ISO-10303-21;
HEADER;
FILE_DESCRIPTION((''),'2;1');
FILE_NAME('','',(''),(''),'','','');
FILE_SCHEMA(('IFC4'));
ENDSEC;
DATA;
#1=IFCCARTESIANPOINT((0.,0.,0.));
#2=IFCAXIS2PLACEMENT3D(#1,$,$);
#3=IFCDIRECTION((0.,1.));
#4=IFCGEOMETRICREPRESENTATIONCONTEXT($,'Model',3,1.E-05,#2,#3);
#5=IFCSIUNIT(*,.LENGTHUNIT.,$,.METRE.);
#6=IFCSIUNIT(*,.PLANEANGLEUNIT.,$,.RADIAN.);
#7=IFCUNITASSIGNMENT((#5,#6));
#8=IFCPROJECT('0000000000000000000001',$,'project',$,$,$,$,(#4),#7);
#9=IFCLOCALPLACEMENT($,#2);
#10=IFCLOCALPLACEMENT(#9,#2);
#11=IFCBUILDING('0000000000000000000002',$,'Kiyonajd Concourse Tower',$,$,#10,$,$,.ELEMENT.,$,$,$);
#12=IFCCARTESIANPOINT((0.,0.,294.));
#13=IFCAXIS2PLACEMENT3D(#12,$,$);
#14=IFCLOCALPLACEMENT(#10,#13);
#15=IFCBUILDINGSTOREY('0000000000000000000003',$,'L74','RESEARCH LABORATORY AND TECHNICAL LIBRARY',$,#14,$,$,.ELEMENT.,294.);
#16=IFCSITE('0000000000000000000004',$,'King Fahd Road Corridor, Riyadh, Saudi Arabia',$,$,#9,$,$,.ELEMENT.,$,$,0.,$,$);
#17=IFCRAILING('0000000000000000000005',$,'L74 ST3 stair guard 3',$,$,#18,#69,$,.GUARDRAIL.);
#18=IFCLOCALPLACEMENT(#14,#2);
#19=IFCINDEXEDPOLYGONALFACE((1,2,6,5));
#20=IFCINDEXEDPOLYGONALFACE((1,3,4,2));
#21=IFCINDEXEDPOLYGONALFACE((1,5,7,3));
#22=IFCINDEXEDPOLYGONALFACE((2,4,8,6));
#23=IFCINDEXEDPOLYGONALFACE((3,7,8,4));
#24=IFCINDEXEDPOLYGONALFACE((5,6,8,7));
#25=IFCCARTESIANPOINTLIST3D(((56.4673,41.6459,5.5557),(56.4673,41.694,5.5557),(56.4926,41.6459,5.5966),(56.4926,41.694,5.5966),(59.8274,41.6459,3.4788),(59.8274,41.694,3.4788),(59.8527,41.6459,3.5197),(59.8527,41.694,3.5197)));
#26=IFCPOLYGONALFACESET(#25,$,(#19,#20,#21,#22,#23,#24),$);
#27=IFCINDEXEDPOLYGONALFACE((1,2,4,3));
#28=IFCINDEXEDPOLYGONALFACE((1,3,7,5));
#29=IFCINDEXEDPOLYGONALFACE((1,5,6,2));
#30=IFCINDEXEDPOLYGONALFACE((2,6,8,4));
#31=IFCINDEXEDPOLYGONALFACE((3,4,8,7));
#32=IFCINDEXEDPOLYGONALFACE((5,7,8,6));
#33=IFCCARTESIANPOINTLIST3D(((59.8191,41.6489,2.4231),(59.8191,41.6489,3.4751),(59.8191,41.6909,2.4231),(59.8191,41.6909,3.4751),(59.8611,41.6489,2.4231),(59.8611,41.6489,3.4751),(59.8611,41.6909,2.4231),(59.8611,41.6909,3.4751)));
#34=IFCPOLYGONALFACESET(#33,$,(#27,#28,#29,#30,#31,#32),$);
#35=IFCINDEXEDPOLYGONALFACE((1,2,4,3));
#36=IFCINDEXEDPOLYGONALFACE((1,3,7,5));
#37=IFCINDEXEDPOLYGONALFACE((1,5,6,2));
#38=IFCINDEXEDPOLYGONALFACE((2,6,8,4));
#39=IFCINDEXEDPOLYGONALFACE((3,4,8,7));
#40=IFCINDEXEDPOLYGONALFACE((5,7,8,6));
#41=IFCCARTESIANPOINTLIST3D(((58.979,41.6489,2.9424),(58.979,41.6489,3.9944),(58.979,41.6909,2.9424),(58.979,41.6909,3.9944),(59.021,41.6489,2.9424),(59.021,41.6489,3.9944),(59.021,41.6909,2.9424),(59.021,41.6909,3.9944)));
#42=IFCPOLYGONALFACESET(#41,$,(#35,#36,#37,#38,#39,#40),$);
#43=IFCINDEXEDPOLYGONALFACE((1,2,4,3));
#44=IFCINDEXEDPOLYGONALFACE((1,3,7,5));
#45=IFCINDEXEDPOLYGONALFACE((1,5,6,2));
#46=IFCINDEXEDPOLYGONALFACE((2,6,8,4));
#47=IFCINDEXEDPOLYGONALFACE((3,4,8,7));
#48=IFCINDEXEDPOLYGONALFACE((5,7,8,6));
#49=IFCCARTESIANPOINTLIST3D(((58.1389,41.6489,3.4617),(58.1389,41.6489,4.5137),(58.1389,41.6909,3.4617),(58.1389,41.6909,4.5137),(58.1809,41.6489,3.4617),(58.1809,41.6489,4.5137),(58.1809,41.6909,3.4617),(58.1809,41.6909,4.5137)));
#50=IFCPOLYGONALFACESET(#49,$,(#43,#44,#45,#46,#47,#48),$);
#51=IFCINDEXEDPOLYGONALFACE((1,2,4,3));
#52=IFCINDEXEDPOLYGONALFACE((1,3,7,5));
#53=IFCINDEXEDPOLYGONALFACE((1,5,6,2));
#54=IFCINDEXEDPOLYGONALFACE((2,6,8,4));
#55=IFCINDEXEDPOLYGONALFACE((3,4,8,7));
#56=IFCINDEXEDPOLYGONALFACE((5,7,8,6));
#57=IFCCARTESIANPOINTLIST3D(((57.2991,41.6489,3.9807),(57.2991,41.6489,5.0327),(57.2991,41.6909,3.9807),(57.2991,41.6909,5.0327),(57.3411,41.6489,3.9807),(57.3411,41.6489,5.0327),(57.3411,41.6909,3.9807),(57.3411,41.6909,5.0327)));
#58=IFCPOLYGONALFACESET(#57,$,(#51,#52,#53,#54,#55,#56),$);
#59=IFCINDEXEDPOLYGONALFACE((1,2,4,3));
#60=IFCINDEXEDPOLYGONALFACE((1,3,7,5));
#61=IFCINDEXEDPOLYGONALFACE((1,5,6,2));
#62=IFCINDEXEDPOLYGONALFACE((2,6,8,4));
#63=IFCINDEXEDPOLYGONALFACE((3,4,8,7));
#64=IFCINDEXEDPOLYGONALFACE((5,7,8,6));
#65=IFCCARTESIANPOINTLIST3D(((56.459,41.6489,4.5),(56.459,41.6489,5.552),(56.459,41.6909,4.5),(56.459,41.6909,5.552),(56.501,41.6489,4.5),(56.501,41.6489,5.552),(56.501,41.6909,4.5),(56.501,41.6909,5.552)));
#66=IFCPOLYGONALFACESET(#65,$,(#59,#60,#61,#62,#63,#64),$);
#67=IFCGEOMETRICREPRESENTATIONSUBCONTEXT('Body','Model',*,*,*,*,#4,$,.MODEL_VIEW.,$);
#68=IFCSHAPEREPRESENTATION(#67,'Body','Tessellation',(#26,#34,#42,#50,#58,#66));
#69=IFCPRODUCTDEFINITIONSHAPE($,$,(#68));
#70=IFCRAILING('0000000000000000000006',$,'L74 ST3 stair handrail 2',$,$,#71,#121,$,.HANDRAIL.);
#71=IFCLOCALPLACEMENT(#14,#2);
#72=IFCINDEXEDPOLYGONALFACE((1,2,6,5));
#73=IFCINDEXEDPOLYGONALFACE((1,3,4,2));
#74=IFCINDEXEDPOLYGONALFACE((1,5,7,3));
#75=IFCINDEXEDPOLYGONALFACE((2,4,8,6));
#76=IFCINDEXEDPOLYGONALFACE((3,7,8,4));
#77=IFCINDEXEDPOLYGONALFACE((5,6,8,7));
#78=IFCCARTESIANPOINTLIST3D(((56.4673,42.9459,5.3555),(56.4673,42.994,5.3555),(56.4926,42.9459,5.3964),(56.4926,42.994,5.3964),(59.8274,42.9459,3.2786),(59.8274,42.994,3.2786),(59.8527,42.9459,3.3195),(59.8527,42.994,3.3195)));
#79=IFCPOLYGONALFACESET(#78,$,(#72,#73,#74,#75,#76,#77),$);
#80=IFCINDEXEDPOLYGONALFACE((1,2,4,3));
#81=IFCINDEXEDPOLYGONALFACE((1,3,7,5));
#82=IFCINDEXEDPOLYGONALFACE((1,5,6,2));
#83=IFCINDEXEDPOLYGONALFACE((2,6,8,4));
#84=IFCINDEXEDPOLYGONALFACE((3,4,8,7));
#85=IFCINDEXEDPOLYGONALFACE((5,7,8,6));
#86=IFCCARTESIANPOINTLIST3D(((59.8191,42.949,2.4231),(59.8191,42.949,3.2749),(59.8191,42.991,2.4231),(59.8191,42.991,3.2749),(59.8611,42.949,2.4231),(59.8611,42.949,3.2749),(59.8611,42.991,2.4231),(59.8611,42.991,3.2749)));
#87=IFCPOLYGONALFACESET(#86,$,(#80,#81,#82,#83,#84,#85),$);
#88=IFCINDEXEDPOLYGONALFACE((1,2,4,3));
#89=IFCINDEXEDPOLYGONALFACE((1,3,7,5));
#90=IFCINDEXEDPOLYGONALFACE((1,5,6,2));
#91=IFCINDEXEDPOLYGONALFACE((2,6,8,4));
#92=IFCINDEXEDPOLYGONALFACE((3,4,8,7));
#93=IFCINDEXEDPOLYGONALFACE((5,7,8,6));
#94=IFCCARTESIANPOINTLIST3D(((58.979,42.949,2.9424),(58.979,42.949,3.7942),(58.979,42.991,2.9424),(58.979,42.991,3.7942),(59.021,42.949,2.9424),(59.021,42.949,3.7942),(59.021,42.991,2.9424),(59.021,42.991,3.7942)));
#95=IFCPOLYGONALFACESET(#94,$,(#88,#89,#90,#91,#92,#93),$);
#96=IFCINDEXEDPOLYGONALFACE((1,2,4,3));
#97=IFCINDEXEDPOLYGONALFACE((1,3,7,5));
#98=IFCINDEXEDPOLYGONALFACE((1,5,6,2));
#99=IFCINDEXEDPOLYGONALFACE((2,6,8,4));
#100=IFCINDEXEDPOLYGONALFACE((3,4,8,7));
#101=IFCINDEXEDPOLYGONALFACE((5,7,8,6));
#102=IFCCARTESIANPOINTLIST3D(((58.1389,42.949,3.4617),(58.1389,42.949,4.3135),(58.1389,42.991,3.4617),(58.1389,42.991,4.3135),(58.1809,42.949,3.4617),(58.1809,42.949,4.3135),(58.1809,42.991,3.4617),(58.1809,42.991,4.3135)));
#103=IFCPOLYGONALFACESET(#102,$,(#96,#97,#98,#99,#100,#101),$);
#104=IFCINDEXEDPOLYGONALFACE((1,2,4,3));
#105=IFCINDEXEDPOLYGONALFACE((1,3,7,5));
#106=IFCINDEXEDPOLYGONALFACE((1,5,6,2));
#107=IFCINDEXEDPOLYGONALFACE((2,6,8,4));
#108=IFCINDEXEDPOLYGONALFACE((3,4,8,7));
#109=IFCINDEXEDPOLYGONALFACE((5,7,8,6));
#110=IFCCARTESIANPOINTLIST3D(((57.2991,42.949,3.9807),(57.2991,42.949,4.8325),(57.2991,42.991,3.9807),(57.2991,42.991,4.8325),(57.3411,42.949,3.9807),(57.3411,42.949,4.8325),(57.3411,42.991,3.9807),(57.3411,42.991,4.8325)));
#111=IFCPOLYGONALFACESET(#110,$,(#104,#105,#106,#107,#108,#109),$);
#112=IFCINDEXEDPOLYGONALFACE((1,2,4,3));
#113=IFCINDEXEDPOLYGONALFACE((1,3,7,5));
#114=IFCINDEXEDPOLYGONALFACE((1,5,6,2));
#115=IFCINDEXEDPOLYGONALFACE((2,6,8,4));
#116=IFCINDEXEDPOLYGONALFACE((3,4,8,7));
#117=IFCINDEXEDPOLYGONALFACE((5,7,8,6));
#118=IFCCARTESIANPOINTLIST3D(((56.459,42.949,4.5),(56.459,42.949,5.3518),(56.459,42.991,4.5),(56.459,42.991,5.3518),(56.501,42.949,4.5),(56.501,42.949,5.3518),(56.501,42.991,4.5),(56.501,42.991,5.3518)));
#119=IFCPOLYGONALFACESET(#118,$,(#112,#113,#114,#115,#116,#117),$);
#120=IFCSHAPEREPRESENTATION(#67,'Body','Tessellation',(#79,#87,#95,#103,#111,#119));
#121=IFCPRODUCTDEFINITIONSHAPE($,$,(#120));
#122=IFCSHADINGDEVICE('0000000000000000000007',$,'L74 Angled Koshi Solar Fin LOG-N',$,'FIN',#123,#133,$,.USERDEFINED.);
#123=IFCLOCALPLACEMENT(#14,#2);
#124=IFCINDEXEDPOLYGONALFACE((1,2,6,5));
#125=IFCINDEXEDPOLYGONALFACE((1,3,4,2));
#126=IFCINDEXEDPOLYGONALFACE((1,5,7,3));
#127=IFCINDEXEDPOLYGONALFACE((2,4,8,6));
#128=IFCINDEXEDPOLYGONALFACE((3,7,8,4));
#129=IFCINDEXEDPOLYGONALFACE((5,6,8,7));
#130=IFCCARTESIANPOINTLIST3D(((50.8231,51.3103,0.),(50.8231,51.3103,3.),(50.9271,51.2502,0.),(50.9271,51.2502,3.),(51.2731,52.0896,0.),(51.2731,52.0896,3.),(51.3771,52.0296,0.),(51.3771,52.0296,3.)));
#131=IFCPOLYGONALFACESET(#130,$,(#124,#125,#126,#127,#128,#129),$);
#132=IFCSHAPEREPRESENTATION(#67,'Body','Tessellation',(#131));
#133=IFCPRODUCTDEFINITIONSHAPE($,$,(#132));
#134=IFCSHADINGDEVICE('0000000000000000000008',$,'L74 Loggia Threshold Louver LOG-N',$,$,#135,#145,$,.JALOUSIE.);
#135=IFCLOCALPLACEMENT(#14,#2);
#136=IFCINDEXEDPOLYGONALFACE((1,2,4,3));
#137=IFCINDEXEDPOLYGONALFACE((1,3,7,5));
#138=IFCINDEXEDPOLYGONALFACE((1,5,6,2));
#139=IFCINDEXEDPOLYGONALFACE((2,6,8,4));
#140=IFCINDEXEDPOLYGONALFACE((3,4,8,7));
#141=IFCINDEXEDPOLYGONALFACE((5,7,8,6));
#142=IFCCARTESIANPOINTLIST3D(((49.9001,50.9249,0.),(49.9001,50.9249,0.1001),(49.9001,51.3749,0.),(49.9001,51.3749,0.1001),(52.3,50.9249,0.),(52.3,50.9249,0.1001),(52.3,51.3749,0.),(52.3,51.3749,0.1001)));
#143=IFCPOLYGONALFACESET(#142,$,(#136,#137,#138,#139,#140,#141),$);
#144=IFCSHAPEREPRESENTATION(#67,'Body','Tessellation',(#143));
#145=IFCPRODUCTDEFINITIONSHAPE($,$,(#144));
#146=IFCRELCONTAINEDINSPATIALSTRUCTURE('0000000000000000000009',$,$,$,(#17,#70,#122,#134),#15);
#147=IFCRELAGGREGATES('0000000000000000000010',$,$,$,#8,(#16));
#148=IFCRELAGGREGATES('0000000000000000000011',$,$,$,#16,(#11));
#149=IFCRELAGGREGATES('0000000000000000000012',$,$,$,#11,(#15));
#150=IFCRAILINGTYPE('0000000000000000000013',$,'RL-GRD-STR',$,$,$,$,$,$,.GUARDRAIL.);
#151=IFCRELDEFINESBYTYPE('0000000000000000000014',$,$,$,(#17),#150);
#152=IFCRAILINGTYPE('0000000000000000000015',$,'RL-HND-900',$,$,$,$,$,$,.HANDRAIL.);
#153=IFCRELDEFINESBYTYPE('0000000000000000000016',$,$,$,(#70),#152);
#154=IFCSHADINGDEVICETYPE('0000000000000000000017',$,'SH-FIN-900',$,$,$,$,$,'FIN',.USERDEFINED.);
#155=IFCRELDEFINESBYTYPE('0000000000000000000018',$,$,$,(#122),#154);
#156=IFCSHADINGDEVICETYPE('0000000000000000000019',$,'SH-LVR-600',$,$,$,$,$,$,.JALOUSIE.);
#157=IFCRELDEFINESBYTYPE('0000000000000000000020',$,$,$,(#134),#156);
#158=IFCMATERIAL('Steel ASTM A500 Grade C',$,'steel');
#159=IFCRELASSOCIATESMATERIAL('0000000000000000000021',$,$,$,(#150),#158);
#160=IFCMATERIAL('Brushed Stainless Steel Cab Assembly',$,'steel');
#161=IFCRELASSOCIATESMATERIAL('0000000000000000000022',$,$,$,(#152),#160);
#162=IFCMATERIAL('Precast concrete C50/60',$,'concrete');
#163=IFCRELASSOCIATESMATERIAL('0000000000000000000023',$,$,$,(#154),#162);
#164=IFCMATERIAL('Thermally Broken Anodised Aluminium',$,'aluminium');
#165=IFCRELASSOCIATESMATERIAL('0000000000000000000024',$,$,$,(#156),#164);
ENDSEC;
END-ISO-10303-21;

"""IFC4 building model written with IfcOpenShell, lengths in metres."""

from ifc_helpers import new_model, si_unit, direction, frame, origin, origin_2d, place, context, subcontext, project, spatial, rectangle, extrude, material, type_object, element, save


model = new_model("IFC4")

# Units and contexts
model_context = context("Model", 3, precision=1e-05, world=origin(), true_north=direction((0.0, 1.0)))
body_context = subcontext(model_context, "Body", "Model", "MODEL_VIEW")
ifc_project = project(units=[si_unit("LENGTHUNIT", "METRE"), si_unit("PLANEANGLEUNIT", "RADIAN")], contexts=[model_context])

# Site, building, storey
site_placement = place(None, origin())
site = spatial("IfcSite", under=ifc_project, at=site_placement, Name="King Fahd Road Corridor, Riyadh, Saudi Arabia", CompositionType="ELEMENT", RefElevation=0.0)
building_placement = place(site_placement, origin())
building = spatial("IfcBuilding", under=site, at=building_placement, Name="Kiyonajd Concourse Tower", CompositionType="ELEMENT")
storey_placement = place(building_placement, frame((0.0, 0.0, 294.0)))
storey = spatial("IfcBuildingStorey", under=building, at=storey_placement, Name="L74", Description="RESEARCH LABORATORY AND TECHNICAL LIBRARY", CompositionType="ELEMENT", Elevation=294.0)

# Shared definitions
ifc_material_1 = material(Name="Thermally Broken Anodised Aluminium", Category="aluminium")

# Shared definitions
ifc_material_2 = material(Name="Precast concrete C50/60", Category="concrete")

# Railings
ifc_material_3 = material(Name="Steel ASTM A500 Grade C", Category="steel")
railing_type_1 = type_object("IfcRailingType", Name="RL-GRD-STR", PredefinedType="GUARDRAIL", material=ifc_material_3)
railing_1_placement = place(storey_placement, frame((59.8401, 41.6699, 2.4231)))
element("IfcRailing", 1, at=railing_1_placement, inside=storey, type_object=railing_type_1, Name="L74 ST3 stair guard 3", PredefinedType="GUARDRAIL", context=body_context, shape_type="SweptSolid", body=[
    extrude(rectangle(XDim=0.0481, YDim=0.0481, at=origin_2d()), frame((0.0, 0.0, 1.0762), z_axis=(-0.850623, 0.0, 0.525776), x_axis=(0.0, -1.0, 0.0)), (0.0, 0.0, 1.0), 3.9502),
    extrude(rectangle(XDim=0.042, YDim=0.042, at=origin_2d()), origin(), (0.0, 0.0, 1.0), 1.052),
    extrude(rectangle(XDim=0.042, YDim=0.042, at=origin_2d()), frame((-0.8401, 0.0, 0.5193)), (0.0, 0.0, 1.0), 1.052),
    extrude(rectangle(XDim=0.042, YDim=0.042, at=origin_2d()), frame((-1.6802, 0.0, 1.0386)), (0.0, 0.0, 1.0), 1.052),
    extrude(rectangle(XDim=0.042, YDim=0.042, at=origin_2d()), frame((-2.52, 0.0, 1.5576)), (0.0, 0.0, 1.0), 1.052),
    extrude(rectangle(XDim=0.042, YDim=0.042, at=origin_2d()), frame((-3.3601, 0.0, 2.0769)), (0.0, 0.0, 1.0), 1.052),
])
ifc_material_4 = material(Name="Brushed Stainless Steel Cab Assembly", Category="steel")
railing_type_2 = type_object("IfcRailingType", Name="RL-HND-900", PredefinedType="HANDRAIL", material=ifc_material_4)
railing_2_placement = place(storey_placement, frame((59.8401, 42.97, 2.4231)))
element("IfcRailing", 2, at=railing_2_placement, inside=storey, type_object=railing_type_2, Name="L74 ST3 stair handrail 2", PredefinedType="HANDRAIL", context=body_context, shape_type="SweptSolid", body=[
    extrude(rectangle(XDim=0.0481, YDim=0.0481, at=origin_2d()), frame((0.0, 0.0, 0.876), z_axis=(-0.850623, 0.0, 0.525776), x_axis=(0.0, -1.0, 0.0)), (0.0, 0.0, 1.0), 3.9502),
    extrude(rectangle(XDim=0.042, YDim=0.042, at=origin_2d()), origin(), (0.0, 0.0, 1.0), 0.8518),
    extrude(rectangle(XDim=0.042, YDim=0.042, at=origin_2d()), frame((-0.8401, 0.0, 0.5193)), (0.0, 0.0, 1.0), 0.8518),
    extrude(rectangle(XDim=0.042, YDim=0.042, at=origin_2d()), frame((-1.6802, 0.0, 1.0386)), (0.0, 0.0, 1.0), 0.8518),
    extrude(rectangle(XDim=0.042, YDim=0.042, at=origin_2d()), frame((-2.52, 0.0, 1.5576)), (0.0, 0.0, 1.0), 0.8518),
    extrude(rectangle(XDim=0.042, YDim=0.042, at=origin_2d()), frame((-3.3601, 0.0, 2.0769)), (0.0, 0.0, 1.0), 0.8518),
])

# Shading devices
shading_device_type_1 = type_object("IfcShadingDeviceType", Name="SH-FIN-900", ElementType="FIN", PredefinedType="USERDEFINED", material=ifc_material_2)
shading_device_1_placement = place(storey_placement, frame((51.1001, 51.6699, 0.0), z_axis=(0.0, 0.0, 1.0), x_axis=(0.5, 0.866025, 0.0)))
element("IfcShadingDevice", 3, at=shading_device_1_placement, inside=storey, type_object=shading_device_type_1, Name="L74 Angled Koshi Solar Fin LOG-N", ObjectType="FIN", PredefinedType="USERDEFINED", context=body_context, shape_type="SweptSolid", body=[
    extrude(rectangle(XDim=0.8999, YDim=0.1201, at=origin_2d()), origin(), (0.0, 0.0, 1.0), 3.0),
])
shading_device_type_2 = type_object("IfcShadingDeviceType", Name="SH-LVR-600", PredefinedType="JALOUSIE", material=ifc_material_1)
shading_device_2_placement = place(storey_placement, frame((51.1001, 51.1499, 0.0), z_axis=(0.0, 0.0, 1.0), x_axis=(1.0, 0.0, 0.0)))
element("IfcShadingDevice", 4, at=shading_device_2_placement, inside=storey, type_object=shading_device_type_2, Name="L74 Loggia Threshold Louver LOG-N", PredefinedType="JALOUSIE", context=body_context, shape_type="SweptSolid", body=[
    extrude(rectangle(XDim=2.3999, YDim=0.45, at=origin_2d()), origin(), (0.0, 0.0, 1.0), 0.1001),
])

save(model, "model.ifc")
